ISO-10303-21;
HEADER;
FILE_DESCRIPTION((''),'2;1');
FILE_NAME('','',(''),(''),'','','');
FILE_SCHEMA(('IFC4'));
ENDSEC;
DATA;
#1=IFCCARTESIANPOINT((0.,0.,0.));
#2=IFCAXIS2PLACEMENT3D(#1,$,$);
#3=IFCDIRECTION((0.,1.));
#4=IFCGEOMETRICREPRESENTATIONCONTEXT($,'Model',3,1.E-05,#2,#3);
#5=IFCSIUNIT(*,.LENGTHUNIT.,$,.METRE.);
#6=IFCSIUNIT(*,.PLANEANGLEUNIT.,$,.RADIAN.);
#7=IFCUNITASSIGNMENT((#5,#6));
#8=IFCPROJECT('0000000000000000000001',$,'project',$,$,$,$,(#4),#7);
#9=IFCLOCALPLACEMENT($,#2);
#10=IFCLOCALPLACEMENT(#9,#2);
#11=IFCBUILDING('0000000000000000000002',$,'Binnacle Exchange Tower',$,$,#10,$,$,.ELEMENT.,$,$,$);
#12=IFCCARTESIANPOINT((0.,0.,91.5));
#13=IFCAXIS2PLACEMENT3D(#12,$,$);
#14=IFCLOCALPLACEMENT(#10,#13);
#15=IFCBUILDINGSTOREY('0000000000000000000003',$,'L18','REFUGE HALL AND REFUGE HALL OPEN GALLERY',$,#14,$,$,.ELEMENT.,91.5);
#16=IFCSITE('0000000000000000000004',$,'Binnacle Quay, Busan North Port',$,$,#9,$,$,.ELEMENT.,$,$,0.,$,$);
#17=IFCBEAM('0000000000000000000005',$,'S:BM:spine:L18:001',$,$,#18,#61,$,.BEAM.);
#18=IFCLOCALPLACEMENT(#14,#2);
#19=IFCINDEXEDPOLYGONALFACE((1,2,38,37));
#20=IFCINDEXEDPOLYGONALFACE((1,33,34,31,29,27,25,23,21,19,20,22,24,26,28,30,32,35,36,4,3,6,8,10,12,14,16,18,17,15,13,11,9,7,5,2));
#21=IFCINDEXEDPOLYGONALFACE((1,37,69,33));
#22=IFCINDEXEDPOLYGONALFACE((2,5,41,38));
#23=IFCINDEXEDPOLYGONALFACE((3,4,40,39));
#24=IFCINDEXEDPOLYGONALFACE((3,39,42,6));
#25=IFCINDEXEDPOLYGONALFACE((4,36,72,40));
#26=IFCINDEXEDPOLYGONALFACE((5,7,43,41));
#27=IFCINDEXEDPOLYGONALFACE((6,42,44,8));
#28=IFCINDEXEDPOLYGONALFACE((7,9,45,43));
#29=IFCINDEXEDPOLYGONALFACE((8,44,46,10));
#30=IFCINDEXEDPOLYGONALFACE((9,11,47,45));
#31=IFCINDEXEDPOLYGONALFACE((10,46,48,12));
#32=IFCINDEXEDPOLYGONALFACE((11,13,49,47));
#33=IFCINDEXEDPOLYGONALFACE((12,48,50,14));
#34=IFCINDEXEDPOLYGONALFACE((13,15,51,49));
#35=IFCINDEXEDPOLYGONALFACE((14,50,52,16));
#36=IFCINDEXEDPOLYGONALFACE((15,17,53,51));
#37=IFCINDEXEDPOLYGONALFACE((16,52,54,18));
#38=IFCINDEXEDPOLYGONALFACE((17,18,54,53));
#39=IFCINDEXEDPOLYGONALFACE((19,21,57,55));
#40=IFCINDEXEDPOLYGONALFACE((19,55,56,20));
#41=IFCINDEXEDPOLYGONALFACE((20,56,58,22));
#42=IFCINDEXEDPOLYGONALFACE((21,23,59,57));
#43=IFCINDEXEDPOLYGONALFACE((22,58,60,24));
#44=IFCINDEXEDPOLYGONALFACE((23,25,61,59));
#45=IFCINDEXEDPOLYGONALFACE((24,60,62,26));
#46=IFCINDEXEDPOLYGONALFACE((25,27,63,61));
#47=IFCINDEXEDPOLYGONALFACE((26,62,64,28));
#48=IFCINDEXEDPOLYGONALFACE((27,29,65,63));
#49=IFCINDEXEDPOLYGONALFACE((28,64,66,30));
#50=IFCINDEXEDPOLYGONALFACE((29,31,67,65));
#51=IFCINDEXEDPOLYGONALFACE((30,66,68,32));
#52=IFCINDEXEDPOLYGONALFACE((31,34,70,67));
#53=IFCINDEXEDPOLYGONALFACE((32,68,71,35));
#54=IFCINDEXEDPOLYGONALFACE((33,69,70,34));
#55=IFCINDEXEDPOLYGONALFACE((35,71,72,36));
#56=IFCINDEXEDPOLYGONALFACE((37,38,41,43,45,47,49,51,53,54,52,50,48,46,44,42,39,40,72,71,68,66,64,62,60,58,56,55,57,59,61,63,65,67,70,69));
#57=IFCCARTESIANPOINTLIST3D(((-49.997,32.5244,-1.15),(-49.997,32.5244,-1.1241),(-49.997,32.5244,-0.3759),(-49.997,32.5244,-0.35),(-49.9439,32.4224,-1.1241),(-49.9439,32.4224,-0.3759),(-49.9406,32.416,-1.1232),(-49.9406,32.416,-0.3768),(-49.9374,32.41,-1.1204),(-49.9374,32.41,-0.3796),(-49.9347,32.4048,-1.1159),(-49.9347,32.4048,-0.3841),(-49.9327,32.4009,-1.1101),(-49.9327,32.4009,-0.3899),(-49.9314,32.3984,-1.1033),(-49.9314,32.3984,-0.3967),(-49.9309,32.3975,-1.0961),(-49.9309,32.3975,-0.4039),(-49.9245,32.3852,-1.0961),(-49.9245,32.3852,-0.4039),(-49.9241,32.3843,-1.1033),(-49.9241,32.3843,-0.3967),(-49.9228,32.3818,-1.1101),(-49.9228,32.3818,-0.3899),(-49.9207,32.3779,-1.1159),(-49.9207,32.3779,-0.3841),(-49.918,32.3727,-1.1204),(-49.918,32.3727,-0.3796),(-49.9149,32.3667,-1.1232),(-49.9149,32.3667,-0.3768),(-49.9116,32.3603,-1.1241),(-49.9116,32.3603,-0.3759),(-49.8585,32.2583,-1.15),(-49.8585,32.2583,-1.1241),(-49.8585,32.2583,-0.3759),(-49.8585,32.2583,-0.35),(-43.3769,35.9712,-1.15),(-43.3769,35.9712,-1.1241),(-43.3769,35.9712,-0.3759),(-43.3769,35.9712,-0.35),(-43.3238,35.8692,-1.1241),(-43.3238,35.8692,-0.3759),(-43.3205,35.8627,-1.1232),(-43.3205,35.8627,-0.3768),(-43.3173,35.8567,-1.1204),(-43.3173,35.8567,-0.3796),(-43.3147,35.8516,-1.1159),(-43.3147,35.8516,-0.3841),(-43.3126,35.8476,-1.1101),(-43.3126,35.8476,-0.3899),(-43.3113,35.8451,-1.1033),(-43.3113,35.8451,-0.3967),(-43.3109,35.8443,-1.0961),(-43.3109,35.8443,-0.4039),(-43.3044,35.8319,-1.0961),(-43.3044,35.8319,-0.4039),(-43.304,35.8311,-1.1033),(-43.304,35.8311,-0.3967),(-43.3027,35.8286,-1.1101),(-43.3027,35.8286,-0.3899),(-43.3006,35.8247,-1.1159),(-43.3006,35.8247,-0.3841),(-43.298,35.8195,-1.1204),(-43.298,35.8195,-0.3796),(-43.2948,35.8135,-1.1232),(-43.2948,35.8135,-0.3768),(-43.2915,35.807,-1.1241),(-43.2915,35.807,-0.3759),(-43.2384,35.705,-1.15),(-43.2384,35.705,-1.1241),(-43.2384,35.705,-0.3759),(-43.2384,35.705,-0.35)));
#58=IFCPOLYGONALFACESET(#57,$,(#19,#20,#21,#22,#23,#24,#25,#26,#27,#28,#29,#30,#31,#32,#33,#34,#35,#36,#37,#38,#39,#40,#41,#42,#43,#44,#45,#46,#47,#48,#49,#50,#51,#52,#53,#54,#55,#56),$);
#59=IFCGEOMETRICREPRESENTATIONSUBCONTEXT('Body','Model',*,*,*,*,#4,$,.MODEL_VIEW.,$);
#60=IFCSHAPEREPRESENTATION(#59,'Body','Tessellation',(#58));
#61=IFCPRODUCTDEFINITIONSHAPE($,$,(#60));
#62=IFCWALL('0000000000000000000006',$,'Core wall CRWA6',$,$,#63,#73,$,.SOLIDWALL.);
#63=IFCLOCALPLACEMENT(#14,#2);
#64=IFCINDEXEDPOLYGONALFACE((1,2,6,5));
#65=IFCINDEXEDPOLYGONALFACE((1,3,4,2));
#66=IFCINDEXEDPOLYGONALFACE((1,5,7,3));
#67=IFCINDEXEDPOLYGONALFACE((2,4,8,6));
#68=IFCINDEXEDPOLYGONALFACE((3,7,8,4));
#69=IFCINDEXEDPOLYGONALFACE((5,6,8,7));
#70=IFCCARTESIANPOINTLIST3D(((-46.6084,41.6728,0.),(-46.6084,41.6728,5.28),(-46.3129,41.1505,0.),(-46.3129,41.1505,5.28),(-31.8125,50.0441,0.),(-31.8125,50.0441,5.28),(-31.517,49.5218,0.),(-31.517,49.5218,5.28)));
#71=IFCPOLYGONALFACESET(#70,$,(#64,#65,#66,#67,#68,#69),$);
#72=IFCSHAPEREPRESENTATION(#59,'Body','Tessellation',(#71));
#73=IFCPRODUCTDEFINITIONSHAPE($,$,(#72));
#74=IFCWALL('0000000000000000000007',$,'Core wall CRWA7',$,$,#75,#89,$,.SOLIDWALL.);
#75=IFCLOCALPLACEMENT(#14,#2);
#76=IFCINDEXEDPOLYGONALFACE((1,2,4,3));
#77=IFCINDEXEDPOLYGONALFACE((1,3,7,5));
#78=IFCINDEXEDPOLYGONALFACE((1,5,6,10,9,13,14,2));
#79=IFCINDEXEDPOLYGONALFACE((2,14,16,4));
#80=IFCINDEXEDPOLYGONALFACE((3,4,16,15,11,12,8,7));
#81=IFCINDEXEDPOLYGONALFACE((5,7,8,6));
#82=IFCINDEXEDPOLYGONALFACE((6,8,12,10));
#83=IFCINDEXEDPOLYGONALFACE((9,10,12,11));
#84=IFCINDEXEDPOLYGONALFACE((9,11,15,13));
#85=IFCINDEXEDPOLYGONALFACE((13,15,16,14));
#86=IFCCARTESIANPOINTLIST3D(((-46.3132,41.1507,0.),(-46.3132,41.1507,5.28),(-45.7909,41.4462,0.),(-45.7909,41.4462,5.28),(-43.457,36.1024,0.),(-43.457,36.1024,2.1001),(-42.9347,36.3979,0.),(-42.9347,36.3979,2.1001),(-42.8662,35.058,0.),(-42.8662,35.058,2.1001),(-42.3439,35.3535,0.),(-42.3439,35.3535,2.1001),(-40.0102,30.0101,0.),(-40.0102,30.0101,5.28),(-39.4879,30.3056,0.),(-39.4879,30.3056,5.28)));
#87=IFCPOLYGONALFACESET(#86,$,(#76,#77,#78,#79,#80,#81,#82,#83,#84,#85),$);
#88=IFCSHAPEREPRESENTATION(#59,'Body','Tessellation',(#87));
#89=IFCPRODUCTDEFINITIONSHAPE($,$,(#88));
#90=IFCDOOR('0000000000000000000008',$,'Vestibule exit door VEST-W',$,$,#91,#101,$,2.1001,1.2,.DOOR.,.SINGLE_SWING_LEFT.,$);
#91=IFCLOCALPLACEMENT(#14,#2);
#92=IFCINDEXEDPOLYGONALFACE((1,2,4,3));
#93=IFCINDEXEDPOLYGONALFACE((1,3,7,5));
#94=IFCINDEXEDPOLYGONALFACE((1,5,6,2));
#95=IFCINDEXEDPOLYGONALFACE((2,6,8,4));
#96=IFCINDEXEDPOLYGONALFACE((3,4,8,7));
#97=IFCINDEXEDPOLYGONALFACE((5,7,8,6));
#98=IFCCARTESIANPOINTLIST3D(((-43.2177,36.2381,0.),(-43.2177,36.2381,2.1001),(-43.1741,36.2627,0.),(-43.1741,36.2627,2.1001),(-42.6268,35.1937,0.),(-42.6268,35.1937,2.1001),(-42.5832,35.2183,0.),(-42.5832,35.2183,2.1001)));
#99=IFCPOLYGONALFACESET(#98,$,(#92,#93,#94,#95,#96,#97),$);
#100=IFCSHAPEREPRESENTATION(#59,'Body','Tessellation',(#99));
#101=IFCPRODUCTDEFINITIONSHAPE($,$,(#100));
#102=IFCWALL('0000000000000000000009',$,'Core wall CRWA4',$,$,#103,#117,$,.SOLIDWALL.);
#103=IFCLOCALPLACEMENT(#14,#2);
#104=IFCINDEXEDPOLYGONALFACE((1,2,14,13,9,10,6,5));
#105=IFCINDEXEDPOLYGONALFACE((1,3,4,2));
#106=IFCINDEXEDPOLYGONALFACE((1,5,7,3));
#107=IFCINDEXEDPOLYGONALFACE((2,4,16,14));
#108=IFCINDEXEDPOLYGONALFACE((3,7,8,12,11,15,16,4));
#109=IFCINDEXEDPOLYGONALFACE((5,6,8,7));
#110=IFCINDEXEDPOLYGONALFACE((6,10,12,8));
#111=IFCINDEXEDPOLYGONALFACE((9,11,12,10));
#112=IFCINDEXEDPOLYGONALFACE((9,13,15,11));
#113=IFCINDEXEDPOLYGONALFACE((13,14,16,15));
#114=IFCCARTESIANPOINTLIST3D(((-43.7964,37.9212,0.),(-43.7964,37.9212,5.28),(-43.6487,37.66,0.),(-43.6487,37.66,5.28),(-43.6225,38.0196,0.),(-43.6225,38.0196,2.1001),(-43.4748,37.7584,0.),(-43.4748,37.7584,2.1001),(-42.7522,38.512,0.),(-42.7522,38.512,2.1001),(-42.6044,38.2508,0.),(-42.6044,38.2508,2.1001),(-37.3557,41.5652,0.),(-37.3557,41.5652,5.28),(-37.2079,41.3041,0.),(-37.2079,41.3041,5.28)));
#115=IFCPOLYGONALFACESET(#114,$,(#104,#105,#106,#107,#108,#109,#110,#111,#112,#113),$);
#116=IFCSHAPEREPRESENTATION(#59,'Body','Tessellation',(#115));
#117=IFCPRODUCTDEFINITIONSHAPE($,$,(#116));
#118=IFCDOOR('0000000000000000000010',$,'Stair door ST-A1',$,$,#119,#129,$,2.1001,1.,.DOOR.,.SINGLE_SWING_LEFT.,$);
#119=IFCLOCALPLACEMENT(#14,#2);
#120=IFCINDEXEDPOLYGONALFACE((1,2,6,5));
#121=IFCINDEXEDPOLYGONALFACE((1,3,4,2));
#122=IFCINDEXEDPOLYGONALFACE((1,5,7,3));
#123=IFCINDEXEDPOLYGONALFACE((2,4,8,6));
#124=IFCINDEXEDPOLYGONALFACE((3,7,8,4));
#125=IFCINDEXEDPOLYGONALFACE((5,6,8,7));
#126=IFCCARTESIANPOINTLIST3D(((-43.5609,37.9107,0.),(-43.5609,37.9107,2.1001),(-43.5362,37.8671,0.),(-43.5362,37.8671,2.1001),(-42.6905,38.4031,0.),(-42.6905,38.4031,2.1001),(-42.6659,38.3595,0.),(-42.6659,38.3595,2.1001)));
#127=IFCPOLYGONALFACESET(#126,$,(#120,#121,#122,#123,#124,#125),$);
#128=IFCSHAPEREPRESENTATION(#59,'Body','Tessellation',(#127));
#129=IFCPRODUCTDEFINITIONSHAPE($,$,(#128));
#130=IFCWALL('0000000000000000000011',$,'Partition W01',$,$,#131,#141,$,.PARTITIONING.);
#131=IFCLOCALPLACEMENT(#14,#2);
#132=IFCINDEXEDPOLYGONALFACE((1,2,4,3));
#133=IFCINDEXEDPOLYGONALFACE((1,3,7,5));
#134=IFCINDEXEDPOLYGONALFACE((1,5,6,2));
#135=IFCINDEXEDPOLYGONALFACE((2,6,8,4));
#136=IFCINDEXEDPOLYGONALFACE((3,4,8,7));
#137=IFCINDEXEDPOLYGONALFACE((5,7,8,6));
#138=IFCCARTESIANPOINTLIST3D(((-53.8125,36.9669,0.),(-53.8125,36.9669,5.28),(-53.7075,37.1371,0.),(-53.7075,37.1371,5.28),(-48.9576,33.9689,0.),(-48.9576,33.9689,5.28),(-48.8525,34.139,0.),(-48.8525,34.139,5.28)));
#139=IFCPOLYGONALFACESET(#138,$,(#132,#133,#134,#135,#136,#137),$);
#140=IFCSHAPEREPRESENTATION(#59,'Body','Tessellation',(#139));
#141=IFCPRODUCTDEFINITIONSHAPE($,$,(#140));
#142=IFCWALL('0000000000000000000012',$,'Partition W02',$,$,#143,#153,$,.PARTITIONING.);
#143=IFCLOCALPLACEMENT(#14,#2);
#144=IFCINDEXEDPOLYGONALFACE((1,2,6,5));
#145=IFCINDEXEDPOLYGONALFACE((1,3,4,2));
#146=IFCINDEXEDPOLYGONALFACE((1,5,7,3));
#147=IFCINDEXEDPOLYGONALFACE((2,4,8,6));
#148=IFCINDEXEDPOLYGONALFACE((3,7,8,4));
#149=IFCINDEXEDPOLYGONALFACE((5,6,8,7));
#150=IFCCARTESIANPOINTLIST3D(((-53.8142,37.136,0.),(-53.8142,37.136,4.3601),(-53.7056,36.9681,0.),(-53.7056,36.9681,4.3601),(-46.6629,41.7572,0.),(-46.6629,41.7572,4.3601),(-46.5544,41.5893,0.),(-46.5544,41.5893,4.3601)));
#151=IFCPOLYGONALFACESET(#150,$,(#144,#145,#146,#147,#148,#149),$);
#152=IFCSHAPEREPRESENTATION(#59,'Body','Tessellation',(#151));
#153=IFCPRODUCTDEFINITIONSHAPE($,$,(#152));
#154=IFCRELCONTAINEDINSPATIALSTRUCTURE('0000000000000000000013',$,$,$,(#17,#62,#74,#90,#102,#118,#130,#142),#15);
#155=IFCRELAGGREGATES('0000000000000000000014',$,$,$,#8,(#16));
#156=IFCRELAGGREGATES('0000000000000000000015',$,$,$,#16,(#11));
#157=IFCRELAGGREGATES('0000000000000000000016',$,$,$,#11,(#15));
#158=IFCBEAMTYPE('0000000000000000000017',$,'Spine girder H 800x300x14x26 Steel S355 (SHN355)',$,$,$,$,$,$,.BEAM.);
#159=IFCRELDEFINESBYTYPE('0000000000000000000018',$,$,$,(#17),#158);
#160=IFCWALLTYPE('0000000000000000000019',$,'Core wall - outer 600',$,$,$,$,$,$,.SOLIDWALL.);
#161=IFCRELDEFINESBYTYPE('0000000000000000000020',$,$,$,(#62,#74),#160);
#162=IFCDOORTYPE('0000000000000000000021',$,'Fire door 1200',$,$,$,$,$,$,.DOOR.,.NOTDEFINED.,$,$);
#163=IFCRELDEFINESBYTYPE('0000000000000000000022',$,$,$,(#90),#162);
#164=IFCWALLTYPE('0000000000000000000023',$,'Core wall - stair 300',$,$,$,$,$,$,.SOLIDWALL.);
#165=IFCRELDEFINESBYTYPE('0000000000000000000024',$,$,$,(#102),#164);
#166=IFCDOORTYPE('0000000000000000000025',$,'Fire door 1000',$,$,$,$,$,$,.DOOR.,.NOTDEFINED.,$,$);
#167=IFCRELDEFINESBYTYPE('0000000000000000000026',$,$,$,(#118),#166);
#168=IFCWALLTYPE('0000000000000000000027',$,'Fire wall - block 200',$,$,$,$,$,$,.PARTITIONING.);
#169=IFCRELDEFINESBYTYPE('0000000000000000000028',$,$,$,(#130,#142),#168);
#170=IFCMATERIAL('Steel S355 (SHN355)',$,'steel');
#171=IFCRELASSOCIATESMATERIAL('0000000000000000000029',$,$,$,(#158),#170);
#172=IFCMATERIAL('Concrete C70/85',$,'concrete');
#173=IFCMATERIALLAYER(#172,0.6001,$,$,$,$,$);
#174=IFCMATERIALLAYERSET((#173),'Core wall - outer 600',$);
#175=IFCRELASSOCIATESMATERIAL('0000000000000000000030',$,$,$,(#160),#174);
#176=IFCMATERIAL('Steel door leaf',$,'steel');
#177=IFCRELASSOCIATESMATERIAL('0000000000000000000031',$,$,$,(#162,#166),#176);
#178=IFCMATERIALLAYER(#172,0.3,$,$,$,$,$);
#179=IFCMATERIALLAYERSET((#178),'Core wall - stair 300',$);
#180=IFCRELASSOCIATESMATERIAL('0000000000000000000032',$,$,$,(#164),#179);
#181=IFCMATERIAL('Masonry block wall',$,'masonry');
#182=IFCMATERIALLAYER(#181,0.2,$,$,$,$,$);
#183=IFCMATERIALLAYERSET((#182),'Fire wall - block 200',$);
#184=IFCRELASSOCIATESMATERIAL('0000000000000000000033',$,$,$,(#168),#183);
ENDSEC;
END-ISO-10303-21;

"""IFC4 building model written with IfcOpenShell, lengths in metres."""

from ifc_helpers import new_model, si_unit, direction, frame, frame_2d, origin, origin_2d, place, context, subcontext, project, spatial, rectangle, i_section, extrude, material, layer, layer_set, material_profile, profile_set, type_object, element, fill, save


model = new_model("IFC4")

# Units and contexts
model_context = context("Model", 3, precision=1e-05, world=origin(), true_north=direction((0.0, 1.0)))
body_context = subcontext(model_context, "Body", "Model", "MODEL_VIEW")
ifc_project = project(units=[si_unit("LENGTHUNIT", "METRE"), si_unit("PLANEANGLEUNIT", "RADIAN")], contexts=[model_context])

# Site, building, storey
site_placement = place(None, origin())
site = spatial("IfcSite", under=ifc_project, at=site_placement, Name="Binnacle Quay, Busan North Port", CompositionType="ELEMENT", RefElevation=0.0)
building_placement = place(site_placement, origin())
building = spatial("IfcBuilding", under=site, at=building_placement, Name="Binnacle Exchange Tower", CompositionType="ELEMENT")
storey_placement = place(building_placement, frame((0.0, 0.0, 91.5)))
storey = spatial("IfcBuildingStorey", under=building, at=storey_placement, Name="L18", Description="REFUGE HALL AND REFUGE HALL OPEN GALLERY", CompositionType="ELEMENT", Elevation=91.5)

# Shared definitions
ifc_material_1 = material(Name="Concrete C70/85", Category="concrete")

# Beam
ifc_material_2 = material(Name="Steel S355 (SHN355)", Category="steel")
ifc_material_profile_1 = material_profile(ifc_material_2, i_section(OverallWidth=0.3, OverallDepth=0.8, WebThickness=0.0139, FlangeThickness=0.0259, FilletRadius=0.0281, at=origin_2d()), Name="H 800x300x14x26")
ifc_profile_set_1 = profile_set([ifc_material_profile_1], Name="Steel S355 (SHN355)")
beam_type_1 = type_object("IfcBeamType", Name="Spine girder H 800x300x14x26 Steel S355 (SHN355)", PredefinedType="BEAM", material=ifc_profile_set_1)
beam_1_placement = place(storey_placement, frame((-49.9277, 32.3914, -0.75), z_axis=(0.88698, 0.461808, 0.0), x_axis=(-0.461808, 0.88698, 0.0)))
element("IfcBeam", 1, at=beam_1_placement, inside=storey, type_object=beam_type_1, Name="S:BM:spine:L18:001", PredefinedType="BEAM", context=body_context, shape_type="SweptSolid", body=[
    extrude(i_section(OverallWidth=0.3, OverallDepth=0.8, WebThickness=0.0139, FlangeThickness=0.0259, FilletRadius=0.0281, at=origin_2d()), origin(), (0.0, 0.0, 1.0), 7.4636),
])

# Wall
ifc_layer_1 = layer(ifc_material_1, 0.6001)
ifc_layer_set_1 = layer_set([ifc_layer_1], Name="Core wall - outer 600")
wall_type_1 = type_object("IfcWallType", Name="Core wall - outer 600", PredefinedType="SOLIDWALL", material=ifc_layer_set_1)
wall_1_placement = place(storey_placement, frame((-46.4607, 41.4116, 0.0), z_axis=(0.0, 0.0, 1.0), x_axis=(0.87035, 0.492433, 0.0)))
element("IfcWall", 2, at=wall_1_placement, inside=storey, type_object=wall_type_1, Name="Core wall CRWA6", PredefinedType="SOLIDWALL", context=body_context, shape_type="SweptSolid", body=[
    extrude(rectangle(XDim=17.0, YDim=0.6001, at=frame_2d((8.5, 0.0))), origin(), (0.0, 0.0, 1.0), 5.28),
])

# Walls, openings, doors
wall_2_placement = place(storey_placement, frame((-46.052, 41.2983, 0.0), z_axis=(0.0, 0.0, 1.0), x_axis=(0.492419, -0.870359, 0.0)))
wall_2 = element("IfcWall", 3, at=wall_2_placement, inside=storey, type_object=wall_type_1, Name="Core wall CRWA7", PredefinedType="SOLIDWALL", context=body_context, shape_type="SweptSolid", body=[
    extrude(rectangle(XDim=12.8, YDim=0.6001, at=frame_2d((6.3999, 0.0))), origin(), (0.0, 0.0, 1.0), 5.28),
])
opening_1_placement = place(wall_2_placement, frame((5.8, 0.0, 0.0)))
opening_1 = element("IfcOpeningElement", 4, at=opening_1_placement, cuts=wall_2, PredefinedType="OPENING", context=body_context, shape_type="SweptSolid", body=[
    extrude(rectangle(XDim=1.2, YDim=2.1001, at=frame_2d((0.6001, 1.05))), frame((0.0, 0.3101, 0.0), z_axis=(0.0, -1.0, 0.0), x_axis=(1.0, 0.0, 0.0)), (0.0, 0.0, 1.0), 0.6201),
])
ifc_material_3 = material(Name="Steel door leaf", Category="steel")
door_type_1 = type_object("IfcDoorType", Name="Fire door 1200", OperationType="NOTDEFINED", PredefinedType="DOOR", material=ifc_material_3)
door_1_placement = place(opening_1_placement, frame((1.2, 0.0, 0.0), z_axis=(0.0, 0.0, 1.0), x_axis=(-1.0, 0.0, 0.0)))
door_1 = element("IfcDoor", 5, at=door_1_placement, inside=storey, type_object=door_type_1, Name="Vestibule exit door VEST-W", OperationType="SINGLE_SWING_LEFT", OverallHeight=2.1001, OverallWidth=1.2, PredefinedType="DOOR", context=body_context, shape_type="SweptSolid", body=[
    extrude(rectangle(XDim=1.2, YDim=2.1001, at=frame_2d((0.6001, 1.05))), frame((0.0, 0.0249, 0.0), z_axis=(0.0, -1.0, 0.0), x_axis=(1.0, 0.0, 0.0)), (0.0, 0.0, 1.0), 0.05),
])
fill(opening_1, door_1)
ifc_layer_2 = layer(ifc_material_1, 0.3)
ifc_layer_set_2 = layer_set([ifc_layer_2], Name="Core wall - stair 300")
wall_type_2 = type_object("IfcWallType", Name="Core wall - stair 300", PredefinedType="SOLIDWALL", material=ifc_layer_set_2)
wall_3_placement = place(storey_placement, frame((-43.7227, 37.7905, 0.0), z_axis=(0.0, 0.0, 1.0), x_axis=(0.870351, 0.492432, 0.0)))
wall_3 = element("IfcWall", 6, at=wall_3_placement, inside=storey, type_object=wall_type_2, Name="Core wall CRWA4", PredefinedType="SOLIDWALL", context=body_context, shape_type="SweptSolid", body=[
    extrude(rectangle(XDim=7.4001, YDim=0.3, at=frame_2d((3.7002, 0.0))), origin(), (0.0, 0.0, 1.0), 5.28),
])
opening_2_placement = place(wall_3_placement, frame((0.2, 0.0, 0.0)))
opening_2 = element("IfcOpeningElement", 7, at=opening_2_placement, cuts=wall_3, PredefinedType="OPENING", context=body_context, shape_type="SweptSolid", body=[
    extrude(rectangle(XDim=1.0, YDim=2.1001, at=frame_2d((0.5, 1.05))), frame((0.0, 0.1599, 0.0), z_axis=(0.0, -1.0, 0.0), x_axis=(1.0, 0.0, 0.0)), (0.0, 0.0, 1.0), 0.3201),
])
door_type_2 = type_object("IfcDoorType", Name="Fire door 1000", OperationType="NOTDEFINED", PredefinedType="DOOR", material=ifc_material_3)
door_2_placement = place(opening_2_placement, origin())
door_2 = element("IfcDoor", 8, at=door_2_placement, inside=storey, type_object=door_type_2, Name="Stair door ST-A1", OperationType="SINGLE_SWING_LEFT", OverallHeight=2.1001, OverallWidth=1.0, PredefinedType="DOOR", context=body_context, shape_type="SweptSolid", body=[
    extrude(rectangle(XDim=1.0, YDim=2.1001, at=frame_2d((0.5, 1.05))), frame((0.0, 0.0249, 0.0), z_axis=(0.0, -1.0, 0.0), x_axis=(1.0, 0.0, 0.0)), (0.0, 0.0, 1.0), 0.05),
])
fill(opening_2, door_2)

# Walls
ifc_material_4 = material(Name="Masonry block wall", Category="masonry")
ifc_layer_3 = layer(ifc_material_4, 0.2)
ifc_layer_set_3 = layer_set([ifc_layer_3], Name="Fire wall - block 200")
wall_type_3 = type_object("IfcWallType", Name="Fire wall - block 200", PredefinedType="PARTITIONING", material=ifc_layer_set_3)
wall_4_placement = place(storey_placement, frame((-53.76, 37.052, 0.0), z_axis=(0.0, 0.0, 1.0), x_axis=(0.850846, -0.525415, 0.0)))
element("IfcWall", 9, at=wall_4_placement, inside=storey, type_object=wall_type_3, Name="Partition W01", PredefinedType="PARTITIONING", context=body_context, shape_type="SweptSolid", body=[
    extrude(rectangle(XDim=5.7061, YDim=0.2, at=frame_2d((2.853, 0.0))), origin(), (0.0, 0.0, 1.0), 5.28),
])
wall_5_placement = place(storey_placement, frame((-53.76, 37.052, 0.0), z_axis=(0.0, 0.0, 1.0), x_axis=(0.839897, 0.542746, 0.0)))
element("IfcWall", 10, at=wall_5_placement, inside=storey, type_object=wall_type_3, Name="Partition W02", PredefinedType="PARTITIONING", context=body_context, shape_type="SweptSolid", body=[
    extrude(rectangle(XDim=8.5144, YDim=0.2, at=frame_2d((4.2573, 0.0))), origin(), (0.0, 0.0, 1.0), 4.3601),
])

save(model, "model.ifc")
